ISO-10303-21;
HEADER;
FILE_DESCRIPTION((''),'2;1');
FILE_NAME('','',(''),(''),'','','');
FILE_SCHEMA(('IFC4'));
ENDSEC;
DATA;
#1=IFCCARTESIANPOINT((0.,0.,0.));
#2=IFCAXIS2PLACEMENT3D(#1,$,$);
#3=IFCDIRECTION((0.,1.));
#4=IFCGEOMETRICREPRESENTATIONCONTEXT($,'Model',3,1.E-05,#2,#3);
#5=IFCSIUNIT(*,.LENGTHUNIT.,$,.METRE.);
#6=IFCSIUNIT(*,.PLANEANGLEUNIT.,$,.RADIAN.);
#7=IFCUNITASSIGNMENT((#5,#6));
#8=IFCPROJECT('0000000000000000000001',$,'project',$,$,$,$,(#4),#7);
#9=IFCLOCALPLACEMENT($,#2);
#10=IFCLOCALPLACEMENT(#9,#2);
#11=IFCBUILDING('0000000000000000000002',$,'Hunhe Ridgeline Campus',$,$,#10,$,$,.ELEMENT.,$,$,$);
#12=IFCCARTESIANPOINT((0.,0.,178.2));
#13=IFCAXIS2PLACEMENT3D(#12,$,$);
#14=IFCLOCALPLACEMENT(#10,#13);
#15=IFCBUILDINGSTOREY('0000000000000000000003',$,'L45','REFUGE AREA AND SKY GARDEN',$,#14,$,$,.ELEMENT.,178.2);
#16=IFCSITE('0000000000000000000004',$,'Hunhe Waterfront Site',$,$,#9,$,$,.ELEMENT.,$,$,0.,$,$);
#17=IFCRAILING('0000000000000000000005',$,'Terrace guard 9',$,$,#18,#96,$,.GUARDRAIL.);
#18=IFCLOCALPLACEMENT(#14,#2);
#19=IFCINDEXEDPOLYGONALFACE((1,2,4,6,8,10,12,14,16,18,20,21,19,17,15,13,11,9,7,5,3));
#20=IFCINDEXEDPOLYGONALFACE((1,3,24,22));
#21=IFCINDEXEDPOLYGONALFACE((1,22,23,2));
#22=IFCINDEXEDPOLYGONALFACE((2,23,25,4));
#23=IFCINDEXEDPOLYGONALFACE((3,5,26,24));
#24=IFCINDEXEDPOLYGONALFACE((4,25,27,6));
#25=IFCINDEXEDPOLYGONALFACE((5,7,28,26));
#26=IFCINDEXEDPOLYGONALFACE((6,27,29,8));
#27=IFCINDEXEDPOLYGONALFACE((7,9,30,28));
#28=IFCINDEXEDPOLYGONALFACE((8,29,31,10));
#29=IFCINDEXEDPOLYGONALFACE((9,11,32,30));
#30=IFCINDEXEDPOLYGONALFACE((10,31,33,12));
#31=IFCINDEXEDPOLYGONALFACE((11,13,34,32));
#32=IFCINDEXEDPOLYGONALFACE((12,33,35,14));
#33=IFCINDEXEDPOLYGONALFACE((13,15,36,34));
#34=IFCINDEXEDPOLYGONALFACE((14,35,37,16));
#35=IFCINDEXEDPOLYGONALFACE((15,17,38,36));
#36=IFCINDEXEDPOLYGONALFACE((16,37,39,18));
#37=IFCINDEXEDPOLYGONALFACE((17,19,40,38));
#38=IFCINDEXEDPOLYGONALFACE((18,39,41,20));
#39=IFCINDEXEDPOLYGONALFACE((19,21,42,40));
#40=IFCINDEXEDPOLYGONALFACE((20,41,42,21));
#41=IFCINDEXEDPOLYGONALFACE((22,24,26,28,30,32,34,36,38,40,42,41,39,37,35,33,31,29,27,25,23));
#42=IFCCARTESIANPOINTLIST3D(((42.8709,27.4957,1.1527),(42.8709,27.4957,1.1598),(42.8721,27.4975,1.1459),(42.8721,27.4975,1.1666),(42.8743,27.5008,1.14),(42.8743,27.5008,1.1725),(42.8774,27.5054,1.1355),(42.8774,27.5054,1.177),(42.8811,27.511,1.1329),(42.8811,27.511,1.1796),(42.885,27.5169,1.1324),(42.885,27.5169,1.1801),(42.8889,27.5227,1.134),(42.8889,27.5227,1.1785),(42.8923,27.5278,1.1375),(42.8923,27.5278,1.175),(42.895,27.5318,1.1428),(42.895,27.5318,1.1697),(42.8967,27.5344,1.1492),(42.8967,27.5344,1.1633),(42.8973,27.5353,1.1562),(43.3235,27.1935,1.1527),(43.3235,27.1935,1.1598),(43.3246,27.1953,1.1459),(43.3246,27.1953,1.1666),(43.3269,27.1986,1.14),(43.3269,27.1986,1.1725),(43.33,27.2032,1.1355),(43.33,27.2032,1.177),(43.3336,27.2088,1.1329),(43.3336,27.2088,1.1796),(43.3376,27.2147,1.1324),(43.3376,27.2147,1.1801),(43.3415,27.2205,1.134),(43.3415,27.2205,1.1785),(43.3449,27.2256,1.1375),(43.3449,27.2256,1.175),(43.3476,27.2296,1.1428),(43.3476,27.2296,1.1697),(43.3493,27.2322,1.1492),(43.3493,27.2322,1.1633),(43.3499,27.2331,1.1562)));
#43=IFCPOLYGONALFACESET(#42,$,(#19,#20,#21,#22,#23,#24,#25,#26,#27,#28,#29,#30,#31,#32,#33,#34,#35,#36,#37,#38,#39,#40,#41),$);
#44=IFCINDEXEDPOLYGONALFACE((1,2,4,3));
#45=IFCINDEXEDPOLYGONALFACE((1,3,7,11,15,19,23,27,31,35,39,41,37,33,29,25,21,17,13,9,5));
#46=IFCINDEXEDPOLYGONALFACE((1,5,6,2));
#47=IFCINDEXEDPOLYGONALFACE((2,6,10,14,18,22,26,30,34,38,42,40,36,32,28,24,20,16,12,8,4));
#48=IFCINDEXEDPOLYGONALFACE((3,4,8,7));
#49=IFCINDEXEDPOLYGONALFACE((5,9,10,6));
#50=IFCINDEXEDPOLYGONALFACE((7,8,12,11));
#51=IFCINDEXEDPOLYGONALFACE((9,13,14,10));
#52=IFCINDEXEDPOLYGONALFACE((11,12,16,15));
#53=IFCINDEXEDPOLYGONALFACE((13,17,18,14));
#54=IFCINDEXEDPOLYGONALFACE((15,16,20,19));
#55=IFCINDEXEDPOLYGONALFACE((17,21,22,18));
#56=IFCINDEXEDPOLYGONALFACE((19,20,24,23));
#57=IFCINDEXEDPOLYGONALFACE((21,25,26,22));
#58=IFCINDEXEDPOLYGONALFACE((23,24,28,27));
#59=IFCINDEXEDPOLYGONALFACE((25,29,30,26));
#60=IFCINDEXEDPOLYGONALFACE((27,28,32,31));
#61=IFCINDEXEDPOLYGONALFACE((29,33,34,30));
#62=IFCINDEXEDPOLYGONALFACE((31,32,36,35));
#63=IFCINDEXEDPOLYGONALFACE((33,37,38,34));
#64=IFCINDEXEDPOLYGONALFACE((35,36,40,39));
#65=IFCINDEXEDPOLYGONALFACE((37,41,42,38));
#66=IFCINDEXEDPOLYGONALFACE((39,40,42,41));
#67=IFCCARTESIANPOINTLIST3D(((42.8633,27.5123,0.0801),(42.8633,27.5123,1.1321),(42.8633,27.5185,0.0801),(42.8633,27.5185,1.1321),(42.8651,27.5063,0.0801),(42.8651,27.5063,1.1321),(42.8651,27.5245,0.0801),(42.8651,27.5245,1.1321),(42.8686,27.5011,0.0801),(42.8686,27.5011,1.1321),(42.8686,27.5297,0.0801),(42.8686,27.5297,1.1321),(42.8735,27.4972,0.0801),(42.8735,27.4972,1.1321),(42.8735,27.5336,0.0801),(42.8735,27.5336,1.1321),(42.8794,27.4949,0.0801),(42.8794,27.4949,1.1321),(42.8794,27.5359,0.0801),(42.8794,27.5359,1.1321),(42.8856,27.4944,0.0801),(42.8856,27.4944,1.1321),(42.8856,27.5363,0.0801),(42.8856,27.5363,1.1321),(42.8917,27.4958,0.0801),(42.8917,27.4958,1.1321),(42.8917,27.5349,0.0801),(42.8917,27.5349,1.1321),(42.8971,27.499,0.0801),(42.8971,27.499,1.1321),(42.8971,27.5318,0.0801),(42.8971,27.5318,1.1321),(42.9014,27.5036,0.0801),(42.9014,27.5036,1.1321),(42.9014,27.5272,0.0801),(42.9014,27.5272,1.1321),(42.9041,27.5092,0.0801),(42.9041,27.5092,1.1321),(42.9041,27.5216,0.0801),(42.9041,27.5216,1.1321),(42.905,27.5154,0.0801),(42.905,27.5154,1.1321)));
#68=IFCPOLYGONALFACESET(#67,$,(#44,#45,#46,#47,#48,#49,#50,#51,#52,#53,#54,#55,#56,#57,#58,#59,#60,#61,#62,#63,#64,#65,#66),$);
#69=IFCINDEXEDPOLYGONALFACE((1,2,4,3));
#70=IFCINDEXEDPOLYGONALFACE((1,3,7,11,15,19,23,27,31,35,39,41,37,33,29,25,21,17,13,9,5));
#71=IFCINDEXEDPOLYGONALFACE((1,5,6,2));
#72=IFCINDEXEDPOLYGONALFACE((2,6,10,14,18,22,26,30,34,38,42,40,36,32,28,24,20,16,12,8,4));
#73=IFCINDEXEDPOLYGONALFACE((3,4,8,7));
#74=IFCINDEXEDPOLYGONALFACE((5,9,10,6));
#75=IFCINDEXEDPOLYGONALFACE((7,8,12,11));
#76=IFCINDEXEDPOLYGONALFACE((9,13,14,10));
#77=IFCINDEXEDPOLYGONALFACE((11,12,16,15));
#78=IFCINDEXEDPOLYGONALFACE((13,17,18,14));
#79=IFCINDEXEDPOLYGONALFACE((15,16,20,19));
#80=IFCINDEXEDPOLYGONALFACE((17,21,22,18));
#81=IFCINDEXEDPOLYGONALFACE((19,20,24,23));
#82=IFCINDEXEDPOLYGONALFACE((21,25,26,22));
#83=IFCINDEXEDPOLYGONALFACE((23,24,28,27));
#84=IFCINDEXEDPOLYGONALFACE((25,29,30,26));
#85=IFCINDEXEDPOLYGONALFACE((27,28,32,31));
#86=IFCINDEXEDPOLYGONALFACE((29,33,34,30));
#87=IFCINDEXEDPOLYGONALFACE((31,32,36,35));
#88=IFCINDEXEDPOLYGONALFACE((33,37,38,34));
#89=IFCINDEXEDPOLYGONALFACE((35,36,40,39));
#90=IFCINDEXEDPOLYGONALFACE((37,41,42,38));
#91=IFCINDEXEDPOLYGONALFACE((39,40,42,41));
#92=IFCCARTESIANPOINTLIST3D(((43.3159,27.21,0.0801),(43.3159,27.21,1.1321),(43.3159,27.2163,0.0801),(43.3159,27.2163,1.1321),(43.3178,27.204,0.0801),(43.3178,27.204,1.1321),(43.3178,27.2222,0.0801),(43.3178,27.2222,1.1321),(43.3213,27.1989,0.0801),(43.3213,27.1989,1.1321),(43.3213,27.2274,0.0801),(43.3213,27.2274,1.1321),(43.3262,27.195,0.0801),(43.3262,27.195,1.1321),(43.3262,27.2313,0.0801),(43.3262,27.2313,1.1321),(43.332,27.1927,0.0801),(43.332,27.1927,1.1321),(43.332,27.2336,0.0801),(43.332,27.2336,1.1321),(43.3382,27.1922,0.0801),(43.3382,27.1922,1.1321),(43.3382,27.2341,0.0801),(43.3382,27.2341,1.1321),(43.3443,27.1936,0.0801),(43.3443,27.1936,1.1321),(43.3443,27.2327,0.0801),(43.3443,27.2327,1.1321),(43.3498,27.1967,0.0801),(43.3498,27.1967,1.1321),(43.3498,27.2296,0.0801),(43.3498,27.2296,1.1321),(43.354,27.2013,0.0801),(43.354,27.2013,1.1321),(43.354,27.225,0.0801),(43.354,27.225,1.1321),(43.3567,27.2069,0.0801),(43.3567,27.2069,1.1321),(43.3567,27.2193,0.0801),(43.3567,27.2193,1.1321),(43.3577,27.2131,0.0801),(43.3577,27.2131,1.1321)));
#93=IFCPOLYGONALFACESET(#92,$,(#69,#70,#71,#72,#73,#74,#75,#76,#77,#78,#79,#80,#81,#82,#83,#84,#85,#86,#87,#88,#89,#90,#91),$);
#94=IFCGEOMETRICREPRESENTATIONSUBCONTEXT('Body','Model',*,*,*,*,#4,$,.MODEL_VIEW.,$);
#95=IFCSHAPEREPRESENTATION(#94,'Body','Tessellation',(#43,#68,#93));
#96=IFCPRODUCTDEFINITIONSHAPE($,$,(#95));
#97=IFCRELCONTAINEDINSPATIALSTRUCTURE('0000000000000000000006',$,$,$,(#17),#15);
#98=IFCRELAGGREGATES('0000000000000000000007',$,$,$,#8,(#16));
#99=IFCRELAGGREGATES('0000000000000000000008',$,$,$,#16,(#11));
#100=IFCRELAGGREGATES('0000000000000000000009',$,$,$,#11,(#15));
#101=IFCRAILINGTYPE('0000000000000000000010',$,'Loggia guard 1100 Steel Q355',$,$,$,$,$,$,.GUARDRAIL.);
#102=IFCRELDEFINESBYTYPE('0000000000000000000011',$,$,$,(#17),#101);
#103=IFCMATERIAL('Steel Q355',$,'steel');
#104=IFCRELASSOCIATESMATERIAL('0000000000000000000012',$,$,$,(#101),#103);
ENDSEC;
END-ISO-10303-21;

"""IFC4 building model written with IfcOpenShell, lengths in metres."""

from ifc_helpers import new_model, si_unit, direction, frame, origin, origin_2d, place, context, subcontext, project, spatial, circle, extrude, material, type_object, element, save


model = new_model("IFC4")

# Units and contexts
model_context = context("Model", 3, precision=1e-05, world=origin(), true_north=direction((0.0, 1.0)))
body_context = subcontext(model_context, "Body", "Model", "MODEL_VIEW")
ifc_project = project(units=[si_unit("LENGTHUNIT", "METRE"), si_unit("PLANEANGLEUNIT", "RADIAN")], contexts=[model_context])

# Site, building, storey
site_placement = place(None, origin())
site = spatial("IfcSite", under=ifc_project, at=site_placement, Name="Hunhe Waterfront Site", CompositionType="ELEMENT", RefElevation=0.0)
building_placement = place(site_placement, origin())
building = spatial("IfcBuilding", under=site, at=building_placement, Name="Hunhe Ridgeline Campus", CompositionType="ELEMENT")
storey_placement = place(building_placement, frame((0.0, 0.0, 178.2)))
storey = spatial("IfcBuildingStorey", under=building, at=storey_placement, Name="L45", Description="REFUGE AREA AND SKY GARDEN", CompositionType="ELEMENT", Elevation=178.2)

# Railing
ifc_material_1 = material(Name="Steel Q355", Category="steel")
railing_type = type_object("IfcRailingType", Name="Loggia guard 1100 Steel Q355", PredefinedType="GUARDRAIL", material=ifc_material_1)
railing_1_placement = place(storey_placement, frame((42.884, 27.5154, 0.0801)))
element("IfcRailing", 1, at=railing_1_placement, inside=storey, type_object=railing_type, Name="Terrace guard 9", PredefinedType="GUARDRAIL", context=body_context, shape_type="SweptSolid", body=[
    extrude(circle(Radius=0.0239, at=origin_2d()), frame((0.0, 0.0, 1.0762), z_axis=(0.831636, -0.555321, 0.0), x_axis=(0.555321, 0.831636, 0.0)), (0.0, 0.0, 1.0), 0.5442),
    extrude(circle(Radius=0.021, at=origin_2d()), origin(), (0.0, 0.0, 1.0), 1.052),
    extrude(circle(Radius=0.021, at=origin_2d()), frame((0.4526, -0.3022, 0.0)), (0.0, 0.0, 1.0), 1.052),
])

save(model, "model.ifc")
